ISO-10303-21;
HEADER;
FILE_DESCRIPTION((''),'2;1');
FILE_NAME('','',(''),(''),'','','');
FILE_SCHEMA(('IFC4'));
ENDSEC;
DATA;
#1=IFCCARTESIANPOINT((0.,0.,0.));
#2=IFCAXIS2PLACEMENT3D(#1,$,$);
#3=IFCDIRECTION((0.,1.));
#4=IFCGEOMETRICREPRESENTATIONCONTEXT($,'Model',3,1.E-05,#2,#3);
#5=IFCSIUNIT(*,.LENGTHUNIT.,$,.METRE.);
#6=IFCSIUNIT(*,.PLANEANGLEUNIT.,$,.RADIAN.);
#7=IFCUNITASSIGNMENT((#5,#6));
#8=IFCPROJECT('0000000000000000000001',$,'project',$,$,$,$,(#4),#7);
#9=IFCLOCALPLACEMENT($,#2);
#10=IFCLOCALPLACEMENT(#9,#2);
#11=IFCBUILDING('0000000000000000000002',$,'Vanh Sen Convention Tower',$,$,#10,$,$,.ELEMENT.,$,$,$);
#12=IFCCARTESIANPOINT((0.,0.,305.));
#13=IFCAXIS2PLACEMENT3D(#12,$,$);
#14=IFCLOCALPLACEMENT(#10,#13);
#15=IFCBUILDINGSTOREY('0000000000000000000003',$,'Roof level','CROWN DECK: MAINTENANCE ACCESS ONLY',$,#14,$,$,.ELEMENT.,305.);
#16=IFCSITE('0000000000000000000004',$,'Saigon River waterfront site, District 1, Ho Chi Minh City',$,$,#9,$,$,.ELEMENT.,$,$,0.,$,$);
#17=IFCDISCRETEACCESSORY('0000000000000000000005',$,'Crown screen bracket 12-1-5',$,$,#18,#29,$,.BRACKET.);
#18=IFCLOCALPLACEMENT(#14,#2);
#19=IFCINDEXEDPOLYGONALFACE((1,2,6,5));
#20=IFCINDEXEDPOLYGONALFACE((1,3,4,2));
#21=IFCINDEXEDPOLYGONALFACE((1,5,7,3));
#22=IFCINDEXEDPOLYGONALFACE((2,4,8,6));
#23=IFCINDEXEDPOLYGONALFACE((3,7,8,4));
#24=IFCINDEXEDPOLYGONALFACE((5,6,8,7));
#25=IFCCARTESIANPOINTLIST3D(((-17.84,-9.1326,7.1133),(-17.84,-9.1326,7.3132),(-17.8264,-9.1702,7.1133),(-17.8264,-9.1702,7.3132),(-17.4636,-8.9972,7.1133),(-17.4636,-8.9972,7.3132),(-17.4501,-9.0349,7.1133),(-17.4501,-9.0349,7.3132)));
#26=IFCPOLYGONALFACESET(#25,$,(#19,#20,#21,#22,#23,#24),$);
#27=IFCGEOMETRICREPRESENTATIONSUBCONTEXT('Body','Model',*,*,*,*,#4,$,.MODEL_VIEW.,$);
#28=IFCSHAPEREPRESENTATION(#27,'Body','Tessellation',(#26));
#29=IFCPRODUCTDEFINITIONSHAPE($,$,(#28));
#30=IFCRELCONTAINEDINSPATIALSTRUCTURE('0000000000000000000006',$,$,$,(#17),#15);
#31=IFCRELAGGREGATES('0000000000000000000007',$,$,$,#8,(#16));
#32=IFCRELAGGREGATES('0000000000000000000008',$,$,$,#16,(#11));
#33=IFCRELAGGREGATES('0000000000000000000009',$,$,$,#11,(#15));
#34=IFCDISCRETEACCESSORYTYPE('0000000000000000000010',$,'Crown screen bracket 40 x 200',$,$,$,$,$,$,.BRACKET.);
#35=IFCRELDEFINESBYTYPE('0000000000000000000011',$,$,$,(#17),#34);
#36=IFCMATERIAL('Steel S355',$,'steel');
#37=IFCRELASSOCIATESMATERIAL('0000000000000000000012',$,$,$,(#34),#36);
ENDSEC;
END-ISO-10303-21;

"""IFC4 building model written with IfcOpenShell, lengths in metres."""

from ifc_helpers import new_model, si_unit, direction, frame, origin, origin_2d, place, context, subcontext, project, spatial, rectangle, extrude, material, type_object, element, save


model = new_model("IFC4")

# Units and contexts
model_context = context("Model", 3, precision=1e-05, world=origin(), true_north=direction((0.0, 1.0)))
body_context = subcontext(model_context, "Body", "Model", "MODEL_VIEW")
ifc_project = project(units=[si_unit("LENGTHUNIT", "METRE"), si_unit("PLANEANGLEUNIT", "RADIAN")], contexts=[model_context])

# Site, building, storey
site_placement = place(None, origin())
site = spatial("IfcSite", under=ifc_project, at=site_placement, Name="Saigon River waterfront site, District 1, Ho Chi Minh City", CompositionType="ELEMENT", RefElevation=0.0)
building_placement = place(site_placement, origin())
building = spatial("IfcBuilding", under=site, at=building_placement, Name="Vanh Sen Convention Tower", CompositionType="ELEMENT")
storey_placement = place(building_placement, frame((0.0, 0.0, 305.0)))
storey = spatial("IfcBuildingStorey", under=building, at=storey_placement, Name="Roof level", Description="CROWN DECK: MAINTENANCE ACCESS ONLY", CompositionType="ELEMENT", Elevation=305.0)

# Discrete accessory
ifc_material_1 = material(Name="Steel S355", Category="steel")
discrete_accessory_type_1 = type_object("IfcDiscreteAccessoryType", Name="Crown screen bracket 40 x 200", PredefinedType="BRACKET", material=ifc_material_1)
discrete_accessory_1_placement = place(storey_placement, frame((-17.645, -9.0837, 7.1133), z_axis=(0.0, 0.0, 1.0), x_axis=(-0.941021, -0.338349, 0.0)))
element("IfcDiscreteAccessory", 1, at=discrete_accessory_1_placement, inside=storey, type_object=discrete_accessory_type_1, Name="Crown screen bracket 12-1-5", PredefinedType="BRACKET", context=body_context, shape_type="SweptSolid", body=[
    extrude(rectangle(XDim=0.3999, YDim=0.04, at=origin_2d()), origin(), (0.0, 0.0, 1.0), 0.2),
])

save(model, "model.ifc")
